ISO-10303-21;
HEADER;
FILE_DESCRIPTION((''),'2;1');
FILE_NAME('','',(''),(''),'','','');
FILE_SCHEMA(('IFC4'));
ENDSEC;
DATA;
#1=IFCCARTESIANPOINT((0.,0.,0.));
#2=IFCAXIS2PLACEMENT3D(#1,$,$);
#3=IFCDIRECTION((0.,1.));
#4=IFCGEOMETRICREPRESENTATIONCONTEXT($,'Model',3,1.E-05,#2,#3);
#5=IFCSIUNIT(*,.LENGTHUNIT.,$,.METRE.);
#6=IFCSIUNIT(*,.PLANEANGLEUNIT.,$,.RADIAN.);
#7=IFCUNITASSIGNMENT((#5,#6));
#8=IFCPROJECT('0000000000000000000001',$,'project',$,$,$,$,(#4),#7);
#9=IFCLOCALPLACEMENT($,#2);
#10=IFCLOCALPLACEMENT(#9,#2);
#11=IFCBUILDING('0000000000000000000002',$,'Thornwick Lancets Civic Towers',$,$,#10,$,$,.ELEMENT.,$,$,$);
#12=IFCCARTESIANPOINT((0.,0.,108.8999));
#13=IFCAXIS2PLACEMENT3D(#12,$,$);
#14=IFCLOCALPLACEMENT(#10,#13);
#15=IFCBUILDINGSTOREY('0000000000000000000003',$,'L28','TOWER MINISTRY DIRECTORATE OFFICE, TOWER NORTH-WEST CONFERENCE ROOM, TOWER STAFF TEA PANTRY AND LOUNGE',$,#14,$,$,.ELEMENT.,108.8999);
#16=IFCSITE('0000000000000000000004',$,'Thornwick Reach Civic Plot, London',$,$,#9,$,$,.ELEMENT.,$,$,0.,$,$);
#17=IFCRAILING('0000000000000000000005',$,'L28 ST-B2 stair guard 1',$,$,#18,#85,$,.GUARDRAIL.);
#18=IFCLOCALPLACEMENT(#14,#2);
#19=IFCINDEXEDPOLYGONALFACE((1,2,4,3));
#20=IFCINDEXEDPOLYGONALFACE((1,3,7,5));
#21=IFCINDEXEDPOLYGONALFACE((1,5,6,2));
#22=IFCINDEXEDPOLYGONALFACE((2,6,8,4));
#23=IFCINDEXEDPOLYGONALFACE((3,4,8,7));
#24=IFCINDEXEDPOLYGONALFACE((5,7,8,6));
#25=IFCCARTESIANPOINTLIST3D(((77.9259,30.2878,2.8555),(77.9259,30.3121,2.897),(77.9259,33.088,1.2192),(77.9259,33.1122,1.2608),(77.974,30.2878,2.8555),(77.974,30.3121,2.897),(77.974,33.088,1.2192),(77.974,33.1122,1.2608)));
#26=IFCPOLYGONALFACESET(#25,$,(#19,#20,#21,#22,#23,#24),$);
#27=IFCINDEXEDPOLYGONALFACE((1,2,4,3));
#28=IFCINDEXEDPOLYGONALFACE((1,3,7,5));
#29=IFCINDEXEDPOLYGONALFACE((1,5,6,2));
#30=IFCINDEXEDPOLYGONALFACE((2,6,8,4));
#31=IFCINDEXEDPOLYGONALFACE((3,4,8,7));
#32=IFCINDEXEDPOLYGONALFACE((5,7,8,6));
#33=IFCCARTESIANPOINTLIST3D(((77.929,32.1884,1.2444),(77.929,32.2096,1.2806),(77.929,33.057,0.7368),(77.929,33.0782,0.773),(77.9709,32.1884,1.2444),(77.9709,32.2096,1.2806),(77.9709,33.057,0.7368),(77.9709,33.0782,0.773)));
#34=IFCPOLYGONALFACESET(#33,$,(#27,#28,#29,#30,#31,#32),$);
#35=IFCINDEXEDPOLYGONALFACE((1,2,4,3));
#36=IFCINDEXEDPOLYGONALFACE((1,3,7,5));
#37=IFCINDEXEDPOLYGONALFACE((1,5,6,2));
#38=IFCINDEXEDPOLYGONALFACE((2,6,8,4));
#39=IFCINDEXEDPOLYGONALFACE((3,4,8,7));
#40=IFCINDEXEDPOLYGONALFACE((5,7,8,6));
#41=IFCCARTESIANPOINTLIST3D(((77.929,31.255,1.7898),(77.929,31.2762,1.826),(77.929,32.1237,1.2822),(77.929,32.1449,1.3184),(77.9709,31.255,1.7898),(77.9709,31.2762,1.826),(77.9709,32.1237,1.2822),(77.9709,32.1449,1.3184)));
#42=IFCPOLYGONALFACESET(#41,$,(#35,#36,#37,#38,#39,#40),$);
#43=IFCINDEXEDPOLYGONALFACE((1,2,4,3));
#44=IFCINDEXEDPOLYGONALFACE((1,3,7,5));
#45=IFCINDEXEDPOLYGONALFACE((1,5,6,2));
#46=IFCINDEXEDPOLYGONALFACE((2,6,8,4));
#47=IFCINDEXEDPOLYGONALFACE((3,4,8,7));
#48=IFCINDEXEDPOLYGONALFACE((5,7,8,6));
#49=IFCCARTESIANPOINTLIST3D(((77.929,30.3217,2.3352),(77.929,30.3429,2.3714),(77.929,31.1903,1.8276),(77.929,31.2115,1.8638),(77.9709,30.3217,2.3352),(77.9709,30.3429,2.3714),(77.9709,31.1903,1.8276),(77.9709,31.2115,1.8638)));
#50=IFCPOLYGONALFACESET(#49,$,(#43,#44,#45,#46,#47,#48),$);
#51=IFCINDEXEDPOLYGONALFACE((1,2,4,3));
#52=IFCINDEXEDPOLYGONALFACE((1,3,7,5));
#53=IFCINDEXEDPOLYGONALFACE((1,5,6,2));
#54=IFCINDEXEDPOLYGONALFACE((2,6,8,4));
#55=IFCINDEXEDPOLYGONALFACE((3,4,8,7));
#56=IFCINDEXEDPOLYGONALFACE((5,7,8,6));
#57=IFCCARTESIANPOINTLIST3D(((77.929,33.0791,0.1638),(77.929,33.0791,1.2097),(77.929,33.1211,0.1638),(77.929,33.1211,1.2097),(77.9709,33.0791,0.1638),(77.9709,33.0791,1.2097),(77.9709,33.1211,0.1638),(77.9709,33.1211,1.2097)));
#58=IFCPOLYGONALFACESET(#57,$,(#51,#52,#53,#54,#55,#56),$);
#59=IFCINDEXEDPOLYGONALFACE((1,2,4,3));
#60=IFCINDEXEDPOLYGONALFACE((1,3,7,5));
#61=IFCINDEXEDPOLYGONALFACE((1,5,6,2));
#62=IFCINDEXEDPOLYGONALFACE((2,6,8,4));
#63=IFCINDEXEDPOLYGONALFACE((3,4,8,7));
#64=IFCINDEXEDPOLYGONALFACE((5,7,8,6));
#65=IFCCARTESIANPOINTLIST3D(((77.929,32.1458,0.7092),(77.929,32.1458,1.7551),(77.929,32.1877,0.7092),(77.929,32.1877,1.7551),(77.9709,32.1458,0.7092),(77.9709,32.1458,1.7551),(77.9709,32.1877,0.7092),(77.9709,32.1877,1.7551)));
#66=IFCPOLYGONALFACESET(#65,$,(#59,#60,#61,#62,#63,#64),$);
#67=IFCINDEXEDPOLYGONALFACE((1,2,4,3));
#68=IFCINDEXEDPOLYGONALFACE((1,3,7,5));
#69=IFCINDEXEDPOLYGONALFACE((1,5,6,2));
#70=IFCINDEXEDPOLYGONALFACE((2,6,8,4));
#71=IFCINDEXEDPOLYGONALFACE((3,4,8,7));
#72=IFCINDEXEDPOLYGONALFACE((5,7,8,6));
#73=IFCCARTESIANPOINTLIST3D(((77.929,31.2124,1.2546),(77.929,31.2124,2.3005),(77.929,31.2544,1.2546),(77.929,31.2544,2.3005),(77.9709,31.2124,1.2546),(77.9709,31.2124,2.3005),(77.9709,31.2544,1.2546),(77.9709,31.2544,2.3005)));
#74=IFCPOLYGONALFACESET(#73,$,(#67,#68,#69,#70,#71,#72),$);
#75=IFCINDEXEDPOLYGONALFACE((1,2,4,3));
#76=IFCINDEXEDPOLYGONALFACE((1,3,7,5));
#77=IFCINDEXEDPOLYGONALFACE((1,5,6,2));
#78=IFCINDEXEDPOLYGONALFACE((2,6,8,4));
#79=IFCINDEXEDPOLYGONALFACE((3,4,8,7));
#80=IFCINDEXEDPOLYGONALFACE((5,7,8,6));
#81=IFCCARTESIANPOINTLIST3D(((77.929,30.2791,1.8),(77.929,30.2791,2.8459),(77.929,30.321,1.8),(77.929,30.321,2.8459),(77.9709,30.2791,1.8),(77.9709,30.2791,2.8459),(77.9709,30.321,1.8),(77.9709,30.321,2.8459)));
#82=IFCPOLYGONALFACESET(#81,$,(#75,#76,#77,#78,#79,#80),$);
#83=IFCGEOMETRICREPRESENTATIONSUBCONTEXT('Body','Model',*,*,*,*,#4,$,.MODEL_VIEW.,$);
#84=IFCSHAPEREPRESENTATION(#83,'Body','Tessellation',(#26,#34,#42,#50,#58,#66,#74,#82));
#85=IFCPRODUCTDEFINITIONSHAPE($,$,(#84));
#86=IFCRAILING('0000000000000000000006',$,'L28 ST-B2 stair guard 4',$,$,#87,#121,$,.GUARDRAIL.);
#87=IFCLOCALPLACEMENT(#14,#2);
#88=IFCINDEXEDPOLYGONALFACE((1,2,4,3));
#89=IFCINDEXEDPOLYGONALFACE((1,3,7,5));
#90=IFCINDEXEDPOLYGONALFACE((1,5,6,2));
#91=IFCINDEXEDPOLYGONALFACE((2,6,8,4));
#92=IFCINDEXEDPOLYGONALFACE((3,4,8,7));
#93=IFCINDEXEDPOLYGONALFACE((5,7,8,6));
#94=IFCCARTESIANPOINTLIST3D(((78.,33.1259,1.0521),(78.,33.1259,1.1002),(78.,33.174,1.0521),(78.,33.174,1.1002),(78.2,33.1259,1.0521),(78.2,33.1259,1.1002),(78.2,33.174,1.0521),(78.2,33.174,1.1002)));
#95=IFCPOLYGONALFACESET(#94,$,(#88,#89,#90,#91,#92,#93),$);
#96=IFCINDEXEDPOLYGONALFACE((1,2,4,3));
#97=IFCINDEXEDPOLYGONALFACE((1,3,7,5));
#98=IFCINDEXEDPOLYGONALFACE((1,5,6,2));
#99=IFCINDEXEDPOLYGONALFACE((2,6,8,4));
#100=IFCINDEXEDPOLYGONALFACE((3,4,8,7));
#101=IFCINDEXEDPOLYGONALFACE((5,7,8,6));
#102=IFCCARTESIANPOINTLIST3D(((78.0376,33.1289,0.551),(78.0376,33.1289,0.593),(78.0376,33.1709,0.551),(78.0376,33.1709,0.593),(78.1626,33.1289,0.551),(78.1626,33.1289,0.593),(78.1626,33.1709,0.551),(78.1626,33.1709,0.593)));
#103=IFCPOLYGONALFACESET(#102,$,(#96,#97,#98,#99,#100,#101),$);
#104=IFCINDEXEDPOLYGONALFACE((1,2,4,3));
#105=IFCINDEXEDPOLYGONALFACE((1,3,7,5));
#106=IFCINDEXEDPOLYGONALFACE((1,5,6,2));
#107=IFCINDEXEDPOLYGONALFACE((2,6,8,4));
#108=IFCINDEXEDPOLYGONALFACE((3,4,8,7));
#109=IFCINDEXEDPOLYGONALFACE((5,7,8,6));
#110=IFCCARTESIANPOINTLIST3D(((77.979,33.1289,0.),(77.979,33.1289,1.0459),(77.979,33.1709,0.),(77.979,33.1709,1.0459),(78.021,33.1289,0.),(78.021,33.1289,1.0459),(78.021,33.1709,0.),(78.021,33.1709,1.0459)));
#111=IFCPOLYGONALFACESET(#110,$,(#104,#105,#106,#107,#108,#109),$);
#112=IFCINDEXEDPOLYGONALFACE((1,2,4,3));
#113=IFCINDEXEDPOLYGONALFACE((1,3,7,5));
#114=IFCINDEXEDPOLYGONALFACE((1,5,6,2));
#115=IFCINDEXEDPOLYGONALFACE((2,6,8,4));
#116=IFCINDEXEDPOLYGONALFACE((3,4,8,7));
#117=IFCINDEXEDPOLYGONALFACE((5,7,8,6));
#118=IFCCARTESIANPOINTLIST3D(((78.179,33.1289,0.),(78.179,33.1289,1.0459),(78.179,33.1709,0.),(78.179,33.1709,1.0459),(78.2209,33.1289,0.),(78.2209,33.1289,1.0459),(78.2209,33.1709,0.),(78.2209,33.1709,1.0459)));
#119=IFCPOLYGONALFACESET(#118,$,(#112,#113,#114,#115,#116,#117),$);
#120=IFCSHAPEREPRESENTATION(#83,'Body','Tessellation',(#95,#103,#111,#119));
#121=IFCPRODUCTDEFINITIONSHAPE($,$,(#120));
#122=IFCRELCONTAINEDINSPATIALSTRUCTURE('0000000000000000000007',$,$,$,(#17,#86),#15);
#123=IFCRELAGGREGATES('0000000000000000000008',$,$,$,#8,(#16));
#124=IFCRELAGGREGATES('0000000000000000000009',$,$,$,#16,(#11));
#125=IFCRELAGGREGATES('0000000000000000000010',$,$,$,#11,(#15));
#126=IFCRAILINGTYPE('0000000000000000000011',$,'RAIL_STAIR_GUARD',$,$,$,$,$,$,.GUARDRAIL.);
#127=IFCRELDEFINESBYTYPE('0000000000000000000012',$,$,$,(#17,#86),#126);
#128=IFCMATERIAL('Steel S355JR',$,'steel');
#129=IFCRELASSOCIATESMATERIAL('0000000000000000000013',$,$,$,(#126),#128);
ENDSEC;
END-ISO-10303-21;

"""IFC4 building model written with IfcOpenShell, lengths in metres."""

from ifc_helpers import new_model, si_unit, direction, frame, origin, origin_2d, place, context, subcontext, project, spatial, rectangle, extrude, material, type_object, element, save


model = new_model("IFC4")

# Units and contexts
model_context = context("Model", 3, precision=1e-05, world=origin(), true_north=direction((0.0, 1.0)))
body_context = subcontext(model_context, "Body", "Model", "MODEL_VIEW")
ifc_project = project(units=[si_unit("LENGTHUNIT", "METRE"), si_unit("PLANEANGLEUNIT", "RADIAN")], contexts=[model_context])

# Site, building, storey
site_placement = place(None, origin())
site = spatial("IfcSite", under=ifc_project, at=site_placement, Name="Thornwick Reach Civic Plot, London", CompositionType="ELEMENT", RefElevation=0.0)
building_placement = place(site_placement, origin())
building = spatial("IfcBuilding", under=site, at=building_placement, Name="Thornwick Lancets Civic Towers", CompositionType="ELEMENT")
storey_placement = place(building_placement, frame((0.0, 0.0, 108.8999)))
storey = spatial("IfcBuildingStorey", under=building, at=storey_placement, Name="L28", Description="TOWER MINISTRY DIRECTORATE OFFICE, TOWER NORTH-WEST CONFERENCE ROOM, TOWER STAFF TEA PANTRY AND LOUNGE", CompositionType="ELEMENT", Elevation=108.8999)

# Railings
ifc_material_1 = material(Name="Steel S355JR", Category="steel")
railing_type_1 = type_object("IfcRailingType", Name="RAIL_STAIR_GUARD", PredefinedType="GUARDRAIL", material=ifc_material_1)
railing_1_placement = place(storey_placement, frame((77.95, 33.1001, 0.1638)))
element("IfcRailing", 1, at=railing_1_placement, inside=storey, type_object=railing_type_1, Name="L28 ST-B2 stair guard 1", PredefinedType="GUARDRAIL", context=body_context, shape_type="SweptSolid", body=[
    extrude(rectangle(XDim=0.0481, YDim=0.0481, at=origin_2d()), frame((0.0, 0.0, 1.0762), z_axis=(0.0, -0.863394, 0.504531), x_axis=(1.0, 0.0, 0.0)), (0.0, 0.0, 1.0), 3.2432),
    extrude(rectangle(XDim=0.042, YDim=0.042, at=origin_2d()), frame((0.0, -0.0325, 0.5911), z_axis=(0.0, -0.863394, 0.504531), x_axis=(1.0, 0.0, 0.0)), (0.0, 0.0, 1.0), 1.0061),
    extrude(rectangle(XDim=0.042, YDim=0.042, at=origin_2d()), frame((0.0, -0.9658, 1.1365), z_axis=(0.0, -0.863394, 0.504531), x_axis=(1.0, 0.0, 0.0)), (0.0, 0.0, 1.0), 1.0061),
    extrude(rectangle(XDim=0.042, YDim=0.042, at=origin_2d()), frame((0.0, -1.8992, 1.6819), z_axis=(0.0, -0.863394, 0.504531), x_axis=(1.0, 0.0, 0.0)), (0.0, 0.0, 1.0), 1.0061),
    extrude(rectangle(XDim=0.042, YDim=0.042, at=origin_2d()), origin(), (0.0, 0.0, 1.0), 1.0459),
    extrude(rectangle(XDim=0.042, YDim=0.042, at=origin_2d()), frame((0.0, -0.9333, 0.5454)), (0.0, 0.0, 1.0), 1.0459),
    extrude(rectangle(XDim=0.042, YDim=0.042, at=origin_2d()), frame((0.0, -1.8667, 1.0908)), (0.0, 0.0, 1.0), 1.0459),
    extrude(rectangle(XDim=0.042, YDim=0.042, at=origin_2d()), frame((0.0, -2.8, 1.6362)), (0.0, 0.0, 1.0), 1.0459),
])
railing_2_placement = place(storey_placement, frame((78.0, 33.1499, 0.0)))
element("IfcRailing", 2, at=railing_2_placement, inside=storey, type_object=railing_type_1, Name="L28 ST-B2 stair guard 4", PredefinedType="GUARDRAIL", context=body_context, shape_type="SweptSolid", body=[
    extrude(rectangle(XDim=0.0481, YDim=0.0481, at=origin_2d()), frame((0.0, 0.0, 1.0762), z_axis=(1.0, 0.0, 0.0), x_axis=(0.0, 1.0, 0.0)), (0.0, 0.0, 1.0), 0.2),
    extrude(rectangle(XDim=0.042, YDim=0.042, at=origin_2d()), frame((0.0376, 0.0, 0.572), z_axis=(1.0, 0.0, 0.0), x_axis=(0.0, 1.0, 0.0)), (0.0, 0.0, 1.0), 0.125),
    extrude(rectangle(XDim=0.042, YDim=0.042, at=origin_2d()), origin(), (0.0, 0.0, 1.0), 1.0459),
    extrude(rectangle(XDim=0.042, YDim=0.042, at=origin_2d()), frame((0.2, 0.0, 0.0)), (0.0, 0.0, 1.0), 1.0459),
])

save(model, "model.ifc")
